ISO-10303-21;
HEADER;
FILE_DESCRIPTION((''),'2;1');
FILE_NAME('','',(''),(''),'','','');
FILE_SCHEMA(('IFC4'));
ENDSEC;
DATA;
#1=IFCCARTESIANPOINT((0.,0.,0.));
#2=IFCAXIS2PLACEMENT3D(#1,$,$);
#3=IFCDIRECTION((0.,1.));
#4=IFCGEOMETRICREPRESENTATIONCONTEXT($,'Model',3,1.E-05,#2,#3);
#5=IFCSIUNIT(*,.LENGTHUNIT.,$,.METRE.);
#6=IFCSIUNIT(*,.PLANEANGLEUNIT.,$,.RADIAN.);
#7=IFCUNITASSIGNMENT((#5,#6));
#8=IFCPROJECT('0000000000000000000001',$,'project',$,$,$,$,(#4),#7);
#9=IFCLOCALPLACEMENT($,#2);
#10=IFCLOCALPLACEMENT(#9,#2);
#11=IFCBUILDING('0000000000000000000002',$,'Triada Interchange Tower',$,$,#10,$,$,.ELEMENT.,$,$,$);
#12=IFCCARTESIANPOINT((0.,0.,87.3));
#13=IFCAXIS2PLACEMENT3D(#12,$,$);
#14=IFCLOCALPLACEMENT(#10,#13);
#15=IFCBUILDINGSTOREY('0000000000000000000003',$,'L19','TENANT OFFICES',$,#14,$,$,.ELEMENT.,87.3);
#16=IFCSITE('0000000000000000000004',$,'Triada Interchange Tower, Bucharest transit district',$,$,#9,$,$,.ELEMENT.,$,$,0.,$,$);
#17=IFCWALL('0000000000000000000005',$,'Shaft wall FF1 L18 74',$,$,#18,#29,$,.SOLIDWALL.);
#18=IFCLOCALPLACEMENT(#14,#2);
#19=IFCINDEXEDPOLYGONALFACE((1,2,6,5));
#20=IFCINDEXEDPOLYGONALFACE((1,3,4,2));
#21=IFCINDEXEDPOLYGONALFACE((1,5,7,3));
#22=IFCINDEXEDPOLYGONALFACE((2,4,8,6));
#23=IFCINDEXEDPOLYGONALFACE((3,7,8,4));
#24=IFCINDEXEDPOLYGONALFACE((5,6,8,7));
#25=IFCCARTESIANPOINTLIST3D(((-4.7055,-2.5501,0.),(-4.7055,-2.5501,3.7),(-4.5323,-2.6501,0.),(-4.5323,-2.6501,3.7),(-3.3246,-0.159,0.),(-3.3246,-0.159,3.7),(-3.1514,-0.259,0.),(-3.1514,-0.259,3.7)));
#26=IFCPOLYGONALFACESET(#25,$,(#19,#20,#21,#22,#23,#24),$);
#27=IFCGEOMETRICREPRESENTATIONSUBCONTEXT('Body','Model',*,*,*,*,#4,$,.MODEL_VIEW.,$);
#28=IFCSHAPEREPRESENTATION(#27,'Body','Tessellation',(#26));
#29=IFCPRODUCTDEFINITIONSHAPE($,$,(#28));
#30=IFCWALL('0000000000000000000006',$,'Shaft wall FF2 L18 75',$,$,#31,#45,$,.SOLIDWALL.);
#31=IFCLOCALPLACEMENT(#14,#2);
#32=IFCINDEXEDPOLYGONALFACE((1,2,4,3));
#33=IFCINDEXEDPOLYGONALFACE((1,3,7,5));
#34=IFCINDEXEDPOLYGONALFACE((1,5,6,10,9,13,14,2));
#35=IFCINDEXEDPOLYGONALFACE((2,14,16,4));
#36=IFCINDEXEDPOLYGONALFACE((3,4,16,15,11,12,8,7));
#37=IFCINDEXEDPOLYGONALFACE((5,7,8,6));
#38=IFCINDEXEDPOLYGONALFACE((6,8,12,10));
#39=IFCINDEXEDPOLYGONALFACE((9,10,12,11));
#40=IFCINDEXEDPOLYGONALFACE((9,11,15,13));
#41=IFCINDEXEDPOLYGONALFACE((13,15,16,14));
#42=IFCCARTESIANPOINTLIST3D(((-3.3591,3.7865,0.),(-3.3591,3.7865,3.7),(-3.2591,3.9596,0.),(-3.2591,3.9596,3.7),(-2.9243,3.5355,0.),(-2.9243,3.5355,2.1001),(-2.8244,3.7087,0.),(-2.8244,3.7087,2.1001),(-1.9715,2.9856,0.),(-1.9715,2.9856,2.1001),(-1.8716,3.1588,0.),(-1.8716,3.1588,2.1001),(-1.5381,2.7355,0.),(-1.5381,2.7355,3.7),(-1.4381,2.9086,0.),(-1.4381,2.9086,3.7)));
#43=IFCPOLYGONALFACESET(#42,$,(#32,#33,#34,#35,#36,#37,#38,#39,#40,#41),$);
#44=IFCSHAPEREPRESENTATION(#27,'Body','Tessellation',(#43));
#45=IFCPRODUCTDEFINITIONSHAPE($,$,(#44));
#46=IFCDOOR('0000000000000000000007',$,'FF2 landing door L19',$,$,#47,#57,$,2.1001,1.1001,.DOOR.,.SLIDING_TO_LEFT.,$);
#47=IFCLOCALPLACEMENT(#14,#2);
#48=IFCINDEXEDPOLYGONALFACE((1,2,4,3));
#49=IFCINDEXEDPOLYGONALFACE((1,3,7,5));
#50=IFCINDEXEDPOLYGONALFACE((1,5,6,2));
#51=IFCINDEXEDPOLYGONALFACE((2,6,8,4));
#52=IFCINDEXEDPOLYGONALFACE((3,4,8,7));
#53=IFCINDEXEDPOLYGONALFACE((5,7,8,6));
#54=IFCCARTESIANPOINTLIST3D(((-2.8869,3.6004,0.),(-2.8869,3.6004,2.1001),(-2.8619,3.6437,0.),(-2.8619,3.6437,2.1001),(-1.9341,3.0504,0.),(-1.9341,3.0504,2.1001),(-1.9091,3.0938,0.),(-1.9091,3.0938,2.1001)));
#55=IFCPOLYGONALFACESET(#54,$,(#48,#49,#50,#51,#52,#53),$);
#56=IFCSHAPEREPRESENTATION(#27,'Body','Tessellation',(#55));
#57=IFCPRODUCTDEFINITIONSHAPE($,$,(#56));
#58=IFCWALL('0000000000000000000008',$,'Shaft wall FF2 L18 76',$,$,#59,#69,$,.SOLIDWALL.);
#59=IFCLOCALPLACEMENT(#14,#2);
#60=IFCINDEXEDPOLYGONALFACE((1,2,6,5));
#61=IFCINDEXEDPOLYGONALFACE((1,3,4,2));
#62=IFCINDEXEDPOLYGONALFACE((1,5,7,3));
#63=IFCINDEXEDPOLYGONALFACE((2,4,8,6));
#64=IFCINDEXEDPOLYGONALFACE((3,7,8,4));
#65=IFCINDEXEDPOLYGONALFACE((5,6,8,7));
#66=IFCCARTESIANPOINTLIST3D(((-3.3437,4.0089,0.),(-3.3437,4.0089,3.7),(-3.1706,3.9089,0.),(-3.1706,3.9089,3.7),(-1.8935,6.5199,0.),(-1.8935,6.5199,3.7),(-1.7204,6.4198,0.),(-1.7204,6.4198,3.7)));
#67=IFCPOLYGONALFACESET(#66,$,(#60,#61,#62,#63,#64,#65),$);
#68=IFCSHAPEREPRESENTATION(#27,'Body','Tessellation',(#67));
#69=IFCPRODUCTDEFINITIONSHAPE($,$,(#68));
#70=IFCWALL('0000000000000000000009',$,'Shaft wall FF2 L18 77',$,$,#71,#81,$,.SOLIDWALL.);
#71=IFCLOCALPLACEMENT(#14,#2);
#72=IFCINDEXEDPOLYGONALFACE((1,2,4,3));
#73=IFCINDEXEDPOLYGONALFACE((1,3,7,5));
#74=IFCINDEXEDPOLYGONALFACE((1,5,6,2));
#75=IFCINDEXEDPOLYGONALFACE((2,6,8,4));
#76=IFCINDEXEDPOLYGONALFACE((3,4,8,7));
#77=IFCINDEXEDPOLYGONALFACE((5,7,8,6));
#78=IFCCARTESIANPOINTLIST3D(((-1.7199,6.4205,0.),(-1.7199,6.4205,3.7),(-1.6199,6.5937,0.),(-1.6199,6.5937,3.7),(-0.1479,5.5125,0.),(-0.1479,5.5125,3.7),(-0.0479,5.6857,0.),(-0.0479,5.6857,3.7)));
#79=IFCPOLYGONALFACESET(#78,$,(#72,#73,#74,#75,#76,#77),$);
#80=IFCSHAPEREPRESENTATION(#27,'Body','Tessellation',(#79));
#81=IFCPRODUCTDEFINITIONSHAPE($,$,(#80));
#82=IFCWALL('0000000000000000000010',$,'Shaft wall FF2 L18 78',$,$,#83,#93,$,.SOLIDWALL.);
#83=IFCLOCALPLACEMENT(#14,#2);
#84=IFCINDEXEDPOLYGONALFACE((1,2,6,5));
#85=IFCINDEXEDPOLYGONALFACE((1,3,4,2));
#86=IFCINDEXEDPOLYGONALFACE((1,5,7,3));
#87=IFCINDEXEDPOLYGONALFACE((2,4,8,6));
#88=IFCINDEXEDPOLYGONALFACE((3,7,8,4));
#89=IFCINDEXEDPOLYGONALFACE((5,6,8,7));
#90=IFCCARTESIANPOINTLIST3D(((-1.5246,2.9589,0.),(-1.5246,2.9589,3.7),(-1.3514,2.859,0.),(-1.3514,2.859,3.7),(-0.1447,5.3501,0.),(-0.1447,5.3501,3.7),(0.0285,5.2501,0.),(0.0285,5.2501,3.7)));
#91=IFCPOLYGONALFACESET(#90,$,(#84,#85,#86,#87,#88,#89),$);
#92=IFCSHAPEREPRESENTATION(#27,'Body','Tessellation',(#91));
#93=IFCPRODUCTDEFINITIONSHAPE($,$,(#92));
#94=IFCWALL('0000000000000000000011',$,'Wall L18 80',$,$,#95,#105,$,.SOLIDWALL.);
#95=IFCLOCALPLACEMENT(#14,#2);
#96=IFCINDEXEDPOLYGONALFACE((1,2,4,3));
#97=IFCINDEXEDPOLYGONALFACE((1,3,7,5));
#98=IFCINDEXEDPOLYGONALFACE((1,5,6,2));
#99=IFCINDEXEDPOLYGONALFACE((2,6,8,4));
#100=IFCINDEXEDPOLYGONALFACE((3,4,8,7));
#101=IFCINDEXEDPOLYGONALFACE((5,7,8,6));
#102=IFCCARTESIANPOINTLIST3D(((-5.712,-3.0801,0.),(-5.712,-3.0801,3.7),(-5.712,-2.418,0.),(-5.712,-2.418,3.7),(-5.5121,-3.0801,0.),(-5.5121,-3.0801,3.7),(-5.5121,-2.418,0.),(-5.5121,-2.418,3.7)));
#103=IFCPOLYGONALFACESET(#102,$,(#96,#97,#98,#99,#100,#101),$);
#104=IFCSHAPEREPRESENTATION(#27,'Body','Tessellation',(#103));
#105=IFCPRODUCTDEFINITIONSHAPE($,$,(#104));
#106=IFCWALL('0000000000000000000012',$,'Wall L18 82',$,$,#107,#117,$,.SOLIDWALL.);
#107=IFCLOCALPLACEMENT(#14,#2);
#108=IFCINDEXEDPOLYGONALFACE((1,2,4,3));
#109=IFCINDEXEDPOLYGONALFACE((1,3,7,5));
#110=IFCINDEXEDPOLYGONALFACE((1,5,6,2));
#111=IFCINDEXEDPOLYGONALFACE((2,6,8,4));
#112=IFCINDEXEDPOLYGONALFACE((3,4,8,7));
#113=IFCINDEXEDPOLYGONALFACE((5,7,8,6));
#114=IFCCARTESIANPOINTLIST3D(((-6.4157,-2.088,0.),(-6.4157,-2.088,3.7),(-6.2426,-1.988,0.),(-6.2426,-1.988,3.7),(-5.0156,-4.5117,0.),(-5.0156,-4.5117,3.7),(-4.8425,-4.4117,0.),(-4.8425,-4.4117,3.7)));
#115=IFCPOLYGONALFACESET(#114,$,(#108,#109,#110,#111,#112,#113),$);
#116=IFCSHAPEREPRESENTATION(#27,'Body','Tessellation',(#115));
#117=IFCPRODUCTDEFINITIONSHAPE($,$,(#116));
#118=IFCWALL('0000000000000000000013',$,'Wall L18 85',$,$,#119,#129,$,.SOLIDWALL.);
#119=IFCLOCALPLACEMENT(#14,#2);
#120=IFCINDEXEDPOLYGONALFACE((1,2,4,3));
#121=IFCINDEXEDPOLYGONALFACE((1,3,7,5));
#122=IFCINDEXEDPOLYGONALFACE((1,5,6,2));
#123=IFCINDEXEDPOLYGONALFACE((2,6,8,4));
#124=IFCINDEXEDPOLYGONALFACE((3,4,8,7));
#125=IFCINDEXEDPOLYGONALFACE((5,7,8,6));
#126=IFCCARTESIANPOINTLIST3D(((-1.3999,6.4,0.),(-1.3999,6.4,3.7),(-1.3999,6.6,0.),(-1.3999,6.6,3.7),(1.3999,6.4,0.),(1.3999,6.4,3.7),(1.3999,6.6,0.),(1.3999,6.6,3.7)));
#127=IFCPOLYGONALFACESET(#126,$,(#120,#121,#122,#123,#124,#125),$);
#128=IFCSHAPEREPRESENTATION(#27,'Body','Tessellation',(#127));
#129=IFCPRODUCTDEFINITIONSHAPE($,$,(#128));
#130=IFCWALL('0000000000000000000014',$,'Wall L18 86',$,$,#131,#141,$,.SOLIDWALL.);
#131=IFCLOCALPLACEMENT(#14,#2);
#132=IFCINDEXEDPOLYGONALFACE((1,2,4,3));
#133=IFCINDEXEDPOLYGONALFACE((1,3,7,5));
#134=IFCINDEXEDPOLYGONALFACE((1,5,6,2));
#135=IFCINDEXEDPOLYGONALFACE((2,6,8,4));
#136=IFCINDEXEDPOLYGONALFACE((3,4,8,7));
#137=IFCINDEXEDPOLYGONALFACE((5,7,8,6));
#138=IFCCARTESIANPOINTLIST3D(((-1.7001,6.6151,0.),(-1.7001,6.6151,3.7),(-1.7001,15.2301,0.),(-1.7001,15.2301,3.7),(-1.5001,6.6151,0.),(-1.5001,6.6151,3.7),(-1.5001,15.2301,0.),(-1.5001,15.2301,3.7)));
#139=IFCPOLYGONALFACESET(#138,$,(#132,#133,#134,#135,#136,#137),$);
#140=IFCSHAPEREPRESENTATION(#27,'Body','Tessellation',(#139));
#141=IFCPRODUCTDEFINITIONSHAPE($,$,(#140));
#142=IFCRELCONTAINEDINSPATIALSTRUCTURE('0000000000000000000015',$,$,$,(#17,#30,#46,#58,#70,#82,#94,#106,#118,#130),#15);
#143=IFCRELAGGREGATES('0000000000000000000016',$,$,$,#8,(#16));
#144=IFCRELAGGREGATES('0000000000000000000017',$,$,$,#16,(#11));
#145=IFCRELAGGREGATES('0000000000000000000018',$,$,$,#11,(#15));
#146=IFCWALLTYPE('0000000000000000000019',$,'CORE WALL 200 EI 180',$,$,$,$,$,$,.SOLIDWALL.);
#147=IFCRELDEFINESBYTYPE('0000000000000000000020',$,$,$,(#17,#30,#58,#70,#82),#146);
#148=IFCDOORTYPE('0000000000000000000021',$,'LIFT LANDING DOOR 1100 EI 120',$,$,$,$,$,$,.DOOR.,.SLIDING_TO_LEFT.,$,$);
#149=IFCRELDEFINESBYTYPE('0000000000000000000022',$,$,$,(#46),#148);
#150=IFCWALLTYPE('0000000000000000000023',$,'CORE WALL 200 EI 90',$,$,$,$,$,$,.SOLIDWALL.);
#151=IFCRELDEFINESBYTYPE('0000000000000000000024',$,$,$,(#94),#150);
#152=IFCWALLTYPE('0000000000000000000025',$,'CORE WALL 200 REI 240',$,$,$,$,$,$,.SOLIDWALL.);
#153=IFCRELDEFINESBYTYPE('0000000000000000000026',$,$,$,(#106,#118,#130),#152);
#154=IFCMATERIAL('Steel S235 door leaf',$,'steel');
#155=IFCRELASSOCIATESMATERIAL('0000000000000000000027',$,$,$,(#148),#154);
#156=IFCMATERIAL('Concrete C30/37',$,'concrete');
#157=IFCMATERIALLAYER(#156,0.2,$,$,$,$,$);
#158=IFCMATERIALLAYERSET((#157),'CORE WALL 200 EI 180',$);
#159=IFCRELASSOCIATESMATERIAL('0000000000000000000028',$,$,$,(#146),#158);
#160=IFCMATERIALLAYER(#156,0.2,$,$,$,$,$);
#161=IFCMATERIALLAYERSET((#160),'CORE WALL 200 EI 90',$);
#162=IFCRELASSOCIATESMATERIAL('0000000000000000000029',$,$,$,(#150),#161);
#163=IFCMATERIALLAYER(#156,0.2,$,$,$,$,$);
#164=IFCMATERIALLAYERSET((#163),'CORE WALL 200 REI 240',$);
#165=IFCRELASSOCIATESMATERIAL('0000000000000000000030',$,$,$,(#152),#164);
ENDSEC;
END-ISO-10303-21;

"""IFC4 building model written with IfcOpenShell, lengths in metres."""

from ifc_helpers import new_model, si_unit, direction, frame, frame_2d, origin, place, context, subcontext, project, spatial, rectangle, extrude, material, layer, layer_set, type_object, element, fill, save


model = new_model("IFC4")

# Units and contexts
model_context = context("Model", 3, precision=1e-05, world=origin(), true_north=direction((0.0, 1.0)))
body_context = subcontext(model_context, "Body", "Model", "MODEL_VIEW")
ifc_project = project(units=[si_unit("LENGTHUNIT", "METRE"), si_unit("PLANEANGLEUNIT", "RADIAN")], contexts=[model_context])

# Site, building, storey
site_placement = place(None, origin())
site = spatial("IfcSite", under=ifc_project, at=site_placement, Name="Triada Interchange Tower, Bucharest transit district", CompositionType="ELEMENT", RefElevation=0.0)
building_placement = place(site_placement, origin())
building = spatial("IfcBuilding", under=site, at=building_placement, Name="Triada Interchange Tower", CompositionType="ELEMENT")
storey_placement = place(building_placement, frame((0.0, 0.0, 87.3)))
storey = spatial("IfcBuildingStorey", under=building, at=storey_placement, Name="L19", Description="TENANT OFFICES", CompositionType="ELEMENT", Elevation=87.3)

# Shared definitions
ifc_material_1 = material(Name="Concrete C30/37", Category="concrete")
ifc_material_2 = material(Name="Steel S235 door leaf", Category="steel")
door_type = type_object("IfcDoorType", Name="LIFT LANDING DOOR 1100 EI 120", OperationType="SLIDING_TO_LEFT", PredefinedType="DOOR", material=ifc_material_2)

# Shared definitions
ifc_layer_1 = layer(ifc_material_1, 0.2)
ifc_layer_set_1 = layer_set([ifc_layer_1], Name="CORE WALL 200 EI 180")
wall_type_1 = type_object("IfcWallType", Name="CORE WALL 200 EI 180", PredefinedType="SOLIDWALL", material=ifc_layer_set_1)

# Wall
wall_1_placement = place(storey_placement, frame((-4.6189, -2.6001, 0.0), z_axis=(0.0, 0.0, 1.0), x_axis=(0.500095, 0.865971, 0.0)))
element("IfcWall", 1, at=wall_1_placement, inside=storey, type_object=wall_type_1, Name="Shaft wall FF1 L18 74", PredefinedType="SOLIDWALL", context=body_context, shape_type="SweptSolid", body=[
    extrude(rectangle(XDim=2.7612, YDim=0.2, at=frame_2d((1.3806, 0.0))), origin(), (0.0, 0.0, 1.0), 3.7),
])

# Wall, opening, door
wall_2_placement = place(storey_placement, frame((-3.3091, 3.873, 0.0), z_axis=(0.0, 0.0, 1.0), x_axis=(0.866099, -0.499873, 0.0)))
wall_2 = element("IfcWall", 2, at=wall_2_placement, inside=storey, type_object=wall_type_1, Name="Shaft wall FF2 L18 75", PredefinedType="SOLIDWALL", context=body_context, shape_type="SweptSolid", body=[
    extrude(rectangle(XDim=2.1025, YDim=0.2, at=frame_2d((1.0513, 0.0))), origin(), (0.0, 0.0, 1.0), 3.7),
])
opening_1_placement = place(wall_2_placement, frame((0.502, 0.0, 0.0)))
opening_1 = element("IfcOpeningElement", 3, at=opening_1_placement, cuts=wall_2, PredefinedType="OPENING", context=body_context, shape_type="SweptSolid", body=[
    extrude(rectangle(XDim=1.1001, YDim=2.1001, at=frame_2d((0.55, 1.05))), frame((0.0, 0.1099, 0.0), z_axis=(0.0, -1.0, 0.0), x_axis=(1.0, 0.0, 0.0)), (0.0, 0.0, 1.0), 0.22),
])
door_1_placement = place(opening_1_placement, origin())
door_1 = element("IfcDoor", 4, at=door_1_placement, inside=storey, type_object=door_type, Name="FF2 landing door L19", OperationType="SLIDING_TO_LEFT", OverallHeight=2.1001, OverallWidth=1.1001, PredefinedType="DOOR", context=body_context, shape_type="SweptSolid", body=[
    extrude(rectangle(XDim=1.1001, YDim=2.1001, at=frame_2d((0.55, 1.05))), frame((0.0, 0.0249, 0.0), z_axis=(0.0, -1.0, 0.0), x_axis=(1.0, 0.0, 0.0)), (0.0, 0.0, 1.0), 0.05),
])
fill(opening_1, door_1)

# Walls
wall_3_placement = place(storey_placement, frame((-3.2571, 3.959, 0.0), z_axis=(0.0, 0.0, 1.0), x_axis=(0.500123, 0.865954, 0.0)))
element("IfcWall", 5, at=wall_3_placement, inside=storey, type_object=wall_type_1, Name="Shaft wall FF2 L18 76", PredefinedType="SOLIDWALL", context=body_context, shape_type="SweptSolid", body=[
    extrude(rectangle(XDim=2.8997, YDim=0.2, at=frame_2d((1.4497, 0.0))), origin(), (0.0, 0.0, 1.0), 3.7),
])
wall_4_placement = place(storey_placement, frame((-1.6699, 6.5071, 0.0), z_axis=(0.0, 0.0, 1.0), x_axis=(0.865941, -0.500145, 0.0)))
element("IfcWall", 6, at=wall_4_placement, inside=storey, type_object=wall_type_1, Name="Shaft wall FF2 L18 77", PredefinedType="SOLIDWALL", context=body_context, shape_type="SweptSolid", body=[
    extrude(rectangle(XDim=1.8154, YDim=0.2, at=frame_2d((0.9077, 0.0))), origin(), (0.0, 0.0, 1.0), 3.7),
])
wall_5_placement = place(storey_placement, frame((-1.438, 2.9089, 0.0), z_axis=(0.0, 0.0, 1.0), x_axis=(0.49983, 0.866124, 0.0)))
element("IfcWall", 7, at=wall_5_placement, inside=storey, type_object=wall_type_1, Name="Shaft wall FF2 L18 78", PredefinedType="SOLIDWALL", context=body_context, shape_type="SweptSolid", body=[
    extrude(rectangle(XDim=2.7607, YDim=0.2, at=frame_2d((1.3804, 0.0))), origin(), (0.0, 0.0, 1.0), 3.7),
])
ifc_layer_2 = layer(ifc_material_1, 0.2)
ifc_layer_set_2 = layer_set([ifc_layer_2], Name="CORE WALL 200 EI 90")
wall_type_2 = type_object("IfcWallType", Name="CORE WALL 200 EI 90", PredefinedType="SOLIDWALL", material=ifc_layer_set_2)
wall_6_placement = place(storey_placement, frame((-5.6121, -3.0801, 0.0), z_axis=(0.0, 0.0, 1.0), x_axis=(0.0, 1.0, 0.0)))
element("IfcWall", 8, at=wall_6_placement, inside=storey, type_object=wall_type_2, Name="Wall L18 80", PredefinedType="SOLIDWALL", context=body_context, shape_type="SweptSolid", body=[
    extrude(rectangle(XDim=0.6621, YDim=0.2, at=frame_2d((0.3311, 0.0))), origin(), (0.0, 0.0, 1.0), 3.7),
])
ifc_layer_3 = layer(ifc_material_1, 0.2)
ifc_layer_set_3 = layer_set([ifc_layer_3], Name="CORE WALL 200 REI 240")
wall_type_3 = type_object("IfcWallType", Name="CORE WALL 200 REI 240", PredefinedType="SOLIDWALL", material=ifc_layer_set_3)
wall_7_placement = place(storey_placement, frame((-6.3291, -2.0381, 0.0), z_axis=(0.0, 0.0, 1.0), x_axis=(0.500201, -0.86591, 0.0)))
element("IfcWall", 9, at=wall_7_placement, inside=storey, type_object=wall_type_3, Name="Wall L18 82", PredefinedType="SOLIDWALL", context=body_context, shape_type="SweptSolid", body=[
    extrude(rectangle(XDim=2.7991, YDim=0.2, at=frame_2d((1.3994, 0.0))), origin(), (0.0, 0.0, 1.0), 3.7),
])
wall_8_placement = place(storey_placement, frame((-1.3999, 6.5, 0.0), z_axis=(0.0, 0.0, 1.0), x_axis=(1.0, 0.0, 0.0)))
element("IfcWall", 10, at=wall_8_placement, inside=storey, type_object=wall_type_3, Name="Wall L18 85", PredefinedType="SOLIDWALL", context=body_context, shape_type="SweptSolid", body=[
    extrude(rectangle(XDim=2.7998, YDim=0.2, at=frame_2d((1.3999, 0.0))), origin(), (0.0, 0.0, 1.0), 3.7),
])
wall_9_placement = place(storey_placement, frame((-1.6001, 6.615, 0.0), z_axis=(0.0, 0.0, 1.0), x_axis=(0.0, 1.0, 0.0)))
element("IfcWall", 11, at=wall_9_placement, inside=storey, type_object=wall_type_3, Name="Wall L18 86", PredefinedType="SOLIDWALL", context=body_context, shape_type="SweptSolid", body=[
    extrude(rectangle(XDim=8.615, YDim=0.2, at=frame_2d((4.3076, 0.0))), origin(), (0.0, 0.0, 1.0), 3.7),
])

save(model, "model.ifc")
